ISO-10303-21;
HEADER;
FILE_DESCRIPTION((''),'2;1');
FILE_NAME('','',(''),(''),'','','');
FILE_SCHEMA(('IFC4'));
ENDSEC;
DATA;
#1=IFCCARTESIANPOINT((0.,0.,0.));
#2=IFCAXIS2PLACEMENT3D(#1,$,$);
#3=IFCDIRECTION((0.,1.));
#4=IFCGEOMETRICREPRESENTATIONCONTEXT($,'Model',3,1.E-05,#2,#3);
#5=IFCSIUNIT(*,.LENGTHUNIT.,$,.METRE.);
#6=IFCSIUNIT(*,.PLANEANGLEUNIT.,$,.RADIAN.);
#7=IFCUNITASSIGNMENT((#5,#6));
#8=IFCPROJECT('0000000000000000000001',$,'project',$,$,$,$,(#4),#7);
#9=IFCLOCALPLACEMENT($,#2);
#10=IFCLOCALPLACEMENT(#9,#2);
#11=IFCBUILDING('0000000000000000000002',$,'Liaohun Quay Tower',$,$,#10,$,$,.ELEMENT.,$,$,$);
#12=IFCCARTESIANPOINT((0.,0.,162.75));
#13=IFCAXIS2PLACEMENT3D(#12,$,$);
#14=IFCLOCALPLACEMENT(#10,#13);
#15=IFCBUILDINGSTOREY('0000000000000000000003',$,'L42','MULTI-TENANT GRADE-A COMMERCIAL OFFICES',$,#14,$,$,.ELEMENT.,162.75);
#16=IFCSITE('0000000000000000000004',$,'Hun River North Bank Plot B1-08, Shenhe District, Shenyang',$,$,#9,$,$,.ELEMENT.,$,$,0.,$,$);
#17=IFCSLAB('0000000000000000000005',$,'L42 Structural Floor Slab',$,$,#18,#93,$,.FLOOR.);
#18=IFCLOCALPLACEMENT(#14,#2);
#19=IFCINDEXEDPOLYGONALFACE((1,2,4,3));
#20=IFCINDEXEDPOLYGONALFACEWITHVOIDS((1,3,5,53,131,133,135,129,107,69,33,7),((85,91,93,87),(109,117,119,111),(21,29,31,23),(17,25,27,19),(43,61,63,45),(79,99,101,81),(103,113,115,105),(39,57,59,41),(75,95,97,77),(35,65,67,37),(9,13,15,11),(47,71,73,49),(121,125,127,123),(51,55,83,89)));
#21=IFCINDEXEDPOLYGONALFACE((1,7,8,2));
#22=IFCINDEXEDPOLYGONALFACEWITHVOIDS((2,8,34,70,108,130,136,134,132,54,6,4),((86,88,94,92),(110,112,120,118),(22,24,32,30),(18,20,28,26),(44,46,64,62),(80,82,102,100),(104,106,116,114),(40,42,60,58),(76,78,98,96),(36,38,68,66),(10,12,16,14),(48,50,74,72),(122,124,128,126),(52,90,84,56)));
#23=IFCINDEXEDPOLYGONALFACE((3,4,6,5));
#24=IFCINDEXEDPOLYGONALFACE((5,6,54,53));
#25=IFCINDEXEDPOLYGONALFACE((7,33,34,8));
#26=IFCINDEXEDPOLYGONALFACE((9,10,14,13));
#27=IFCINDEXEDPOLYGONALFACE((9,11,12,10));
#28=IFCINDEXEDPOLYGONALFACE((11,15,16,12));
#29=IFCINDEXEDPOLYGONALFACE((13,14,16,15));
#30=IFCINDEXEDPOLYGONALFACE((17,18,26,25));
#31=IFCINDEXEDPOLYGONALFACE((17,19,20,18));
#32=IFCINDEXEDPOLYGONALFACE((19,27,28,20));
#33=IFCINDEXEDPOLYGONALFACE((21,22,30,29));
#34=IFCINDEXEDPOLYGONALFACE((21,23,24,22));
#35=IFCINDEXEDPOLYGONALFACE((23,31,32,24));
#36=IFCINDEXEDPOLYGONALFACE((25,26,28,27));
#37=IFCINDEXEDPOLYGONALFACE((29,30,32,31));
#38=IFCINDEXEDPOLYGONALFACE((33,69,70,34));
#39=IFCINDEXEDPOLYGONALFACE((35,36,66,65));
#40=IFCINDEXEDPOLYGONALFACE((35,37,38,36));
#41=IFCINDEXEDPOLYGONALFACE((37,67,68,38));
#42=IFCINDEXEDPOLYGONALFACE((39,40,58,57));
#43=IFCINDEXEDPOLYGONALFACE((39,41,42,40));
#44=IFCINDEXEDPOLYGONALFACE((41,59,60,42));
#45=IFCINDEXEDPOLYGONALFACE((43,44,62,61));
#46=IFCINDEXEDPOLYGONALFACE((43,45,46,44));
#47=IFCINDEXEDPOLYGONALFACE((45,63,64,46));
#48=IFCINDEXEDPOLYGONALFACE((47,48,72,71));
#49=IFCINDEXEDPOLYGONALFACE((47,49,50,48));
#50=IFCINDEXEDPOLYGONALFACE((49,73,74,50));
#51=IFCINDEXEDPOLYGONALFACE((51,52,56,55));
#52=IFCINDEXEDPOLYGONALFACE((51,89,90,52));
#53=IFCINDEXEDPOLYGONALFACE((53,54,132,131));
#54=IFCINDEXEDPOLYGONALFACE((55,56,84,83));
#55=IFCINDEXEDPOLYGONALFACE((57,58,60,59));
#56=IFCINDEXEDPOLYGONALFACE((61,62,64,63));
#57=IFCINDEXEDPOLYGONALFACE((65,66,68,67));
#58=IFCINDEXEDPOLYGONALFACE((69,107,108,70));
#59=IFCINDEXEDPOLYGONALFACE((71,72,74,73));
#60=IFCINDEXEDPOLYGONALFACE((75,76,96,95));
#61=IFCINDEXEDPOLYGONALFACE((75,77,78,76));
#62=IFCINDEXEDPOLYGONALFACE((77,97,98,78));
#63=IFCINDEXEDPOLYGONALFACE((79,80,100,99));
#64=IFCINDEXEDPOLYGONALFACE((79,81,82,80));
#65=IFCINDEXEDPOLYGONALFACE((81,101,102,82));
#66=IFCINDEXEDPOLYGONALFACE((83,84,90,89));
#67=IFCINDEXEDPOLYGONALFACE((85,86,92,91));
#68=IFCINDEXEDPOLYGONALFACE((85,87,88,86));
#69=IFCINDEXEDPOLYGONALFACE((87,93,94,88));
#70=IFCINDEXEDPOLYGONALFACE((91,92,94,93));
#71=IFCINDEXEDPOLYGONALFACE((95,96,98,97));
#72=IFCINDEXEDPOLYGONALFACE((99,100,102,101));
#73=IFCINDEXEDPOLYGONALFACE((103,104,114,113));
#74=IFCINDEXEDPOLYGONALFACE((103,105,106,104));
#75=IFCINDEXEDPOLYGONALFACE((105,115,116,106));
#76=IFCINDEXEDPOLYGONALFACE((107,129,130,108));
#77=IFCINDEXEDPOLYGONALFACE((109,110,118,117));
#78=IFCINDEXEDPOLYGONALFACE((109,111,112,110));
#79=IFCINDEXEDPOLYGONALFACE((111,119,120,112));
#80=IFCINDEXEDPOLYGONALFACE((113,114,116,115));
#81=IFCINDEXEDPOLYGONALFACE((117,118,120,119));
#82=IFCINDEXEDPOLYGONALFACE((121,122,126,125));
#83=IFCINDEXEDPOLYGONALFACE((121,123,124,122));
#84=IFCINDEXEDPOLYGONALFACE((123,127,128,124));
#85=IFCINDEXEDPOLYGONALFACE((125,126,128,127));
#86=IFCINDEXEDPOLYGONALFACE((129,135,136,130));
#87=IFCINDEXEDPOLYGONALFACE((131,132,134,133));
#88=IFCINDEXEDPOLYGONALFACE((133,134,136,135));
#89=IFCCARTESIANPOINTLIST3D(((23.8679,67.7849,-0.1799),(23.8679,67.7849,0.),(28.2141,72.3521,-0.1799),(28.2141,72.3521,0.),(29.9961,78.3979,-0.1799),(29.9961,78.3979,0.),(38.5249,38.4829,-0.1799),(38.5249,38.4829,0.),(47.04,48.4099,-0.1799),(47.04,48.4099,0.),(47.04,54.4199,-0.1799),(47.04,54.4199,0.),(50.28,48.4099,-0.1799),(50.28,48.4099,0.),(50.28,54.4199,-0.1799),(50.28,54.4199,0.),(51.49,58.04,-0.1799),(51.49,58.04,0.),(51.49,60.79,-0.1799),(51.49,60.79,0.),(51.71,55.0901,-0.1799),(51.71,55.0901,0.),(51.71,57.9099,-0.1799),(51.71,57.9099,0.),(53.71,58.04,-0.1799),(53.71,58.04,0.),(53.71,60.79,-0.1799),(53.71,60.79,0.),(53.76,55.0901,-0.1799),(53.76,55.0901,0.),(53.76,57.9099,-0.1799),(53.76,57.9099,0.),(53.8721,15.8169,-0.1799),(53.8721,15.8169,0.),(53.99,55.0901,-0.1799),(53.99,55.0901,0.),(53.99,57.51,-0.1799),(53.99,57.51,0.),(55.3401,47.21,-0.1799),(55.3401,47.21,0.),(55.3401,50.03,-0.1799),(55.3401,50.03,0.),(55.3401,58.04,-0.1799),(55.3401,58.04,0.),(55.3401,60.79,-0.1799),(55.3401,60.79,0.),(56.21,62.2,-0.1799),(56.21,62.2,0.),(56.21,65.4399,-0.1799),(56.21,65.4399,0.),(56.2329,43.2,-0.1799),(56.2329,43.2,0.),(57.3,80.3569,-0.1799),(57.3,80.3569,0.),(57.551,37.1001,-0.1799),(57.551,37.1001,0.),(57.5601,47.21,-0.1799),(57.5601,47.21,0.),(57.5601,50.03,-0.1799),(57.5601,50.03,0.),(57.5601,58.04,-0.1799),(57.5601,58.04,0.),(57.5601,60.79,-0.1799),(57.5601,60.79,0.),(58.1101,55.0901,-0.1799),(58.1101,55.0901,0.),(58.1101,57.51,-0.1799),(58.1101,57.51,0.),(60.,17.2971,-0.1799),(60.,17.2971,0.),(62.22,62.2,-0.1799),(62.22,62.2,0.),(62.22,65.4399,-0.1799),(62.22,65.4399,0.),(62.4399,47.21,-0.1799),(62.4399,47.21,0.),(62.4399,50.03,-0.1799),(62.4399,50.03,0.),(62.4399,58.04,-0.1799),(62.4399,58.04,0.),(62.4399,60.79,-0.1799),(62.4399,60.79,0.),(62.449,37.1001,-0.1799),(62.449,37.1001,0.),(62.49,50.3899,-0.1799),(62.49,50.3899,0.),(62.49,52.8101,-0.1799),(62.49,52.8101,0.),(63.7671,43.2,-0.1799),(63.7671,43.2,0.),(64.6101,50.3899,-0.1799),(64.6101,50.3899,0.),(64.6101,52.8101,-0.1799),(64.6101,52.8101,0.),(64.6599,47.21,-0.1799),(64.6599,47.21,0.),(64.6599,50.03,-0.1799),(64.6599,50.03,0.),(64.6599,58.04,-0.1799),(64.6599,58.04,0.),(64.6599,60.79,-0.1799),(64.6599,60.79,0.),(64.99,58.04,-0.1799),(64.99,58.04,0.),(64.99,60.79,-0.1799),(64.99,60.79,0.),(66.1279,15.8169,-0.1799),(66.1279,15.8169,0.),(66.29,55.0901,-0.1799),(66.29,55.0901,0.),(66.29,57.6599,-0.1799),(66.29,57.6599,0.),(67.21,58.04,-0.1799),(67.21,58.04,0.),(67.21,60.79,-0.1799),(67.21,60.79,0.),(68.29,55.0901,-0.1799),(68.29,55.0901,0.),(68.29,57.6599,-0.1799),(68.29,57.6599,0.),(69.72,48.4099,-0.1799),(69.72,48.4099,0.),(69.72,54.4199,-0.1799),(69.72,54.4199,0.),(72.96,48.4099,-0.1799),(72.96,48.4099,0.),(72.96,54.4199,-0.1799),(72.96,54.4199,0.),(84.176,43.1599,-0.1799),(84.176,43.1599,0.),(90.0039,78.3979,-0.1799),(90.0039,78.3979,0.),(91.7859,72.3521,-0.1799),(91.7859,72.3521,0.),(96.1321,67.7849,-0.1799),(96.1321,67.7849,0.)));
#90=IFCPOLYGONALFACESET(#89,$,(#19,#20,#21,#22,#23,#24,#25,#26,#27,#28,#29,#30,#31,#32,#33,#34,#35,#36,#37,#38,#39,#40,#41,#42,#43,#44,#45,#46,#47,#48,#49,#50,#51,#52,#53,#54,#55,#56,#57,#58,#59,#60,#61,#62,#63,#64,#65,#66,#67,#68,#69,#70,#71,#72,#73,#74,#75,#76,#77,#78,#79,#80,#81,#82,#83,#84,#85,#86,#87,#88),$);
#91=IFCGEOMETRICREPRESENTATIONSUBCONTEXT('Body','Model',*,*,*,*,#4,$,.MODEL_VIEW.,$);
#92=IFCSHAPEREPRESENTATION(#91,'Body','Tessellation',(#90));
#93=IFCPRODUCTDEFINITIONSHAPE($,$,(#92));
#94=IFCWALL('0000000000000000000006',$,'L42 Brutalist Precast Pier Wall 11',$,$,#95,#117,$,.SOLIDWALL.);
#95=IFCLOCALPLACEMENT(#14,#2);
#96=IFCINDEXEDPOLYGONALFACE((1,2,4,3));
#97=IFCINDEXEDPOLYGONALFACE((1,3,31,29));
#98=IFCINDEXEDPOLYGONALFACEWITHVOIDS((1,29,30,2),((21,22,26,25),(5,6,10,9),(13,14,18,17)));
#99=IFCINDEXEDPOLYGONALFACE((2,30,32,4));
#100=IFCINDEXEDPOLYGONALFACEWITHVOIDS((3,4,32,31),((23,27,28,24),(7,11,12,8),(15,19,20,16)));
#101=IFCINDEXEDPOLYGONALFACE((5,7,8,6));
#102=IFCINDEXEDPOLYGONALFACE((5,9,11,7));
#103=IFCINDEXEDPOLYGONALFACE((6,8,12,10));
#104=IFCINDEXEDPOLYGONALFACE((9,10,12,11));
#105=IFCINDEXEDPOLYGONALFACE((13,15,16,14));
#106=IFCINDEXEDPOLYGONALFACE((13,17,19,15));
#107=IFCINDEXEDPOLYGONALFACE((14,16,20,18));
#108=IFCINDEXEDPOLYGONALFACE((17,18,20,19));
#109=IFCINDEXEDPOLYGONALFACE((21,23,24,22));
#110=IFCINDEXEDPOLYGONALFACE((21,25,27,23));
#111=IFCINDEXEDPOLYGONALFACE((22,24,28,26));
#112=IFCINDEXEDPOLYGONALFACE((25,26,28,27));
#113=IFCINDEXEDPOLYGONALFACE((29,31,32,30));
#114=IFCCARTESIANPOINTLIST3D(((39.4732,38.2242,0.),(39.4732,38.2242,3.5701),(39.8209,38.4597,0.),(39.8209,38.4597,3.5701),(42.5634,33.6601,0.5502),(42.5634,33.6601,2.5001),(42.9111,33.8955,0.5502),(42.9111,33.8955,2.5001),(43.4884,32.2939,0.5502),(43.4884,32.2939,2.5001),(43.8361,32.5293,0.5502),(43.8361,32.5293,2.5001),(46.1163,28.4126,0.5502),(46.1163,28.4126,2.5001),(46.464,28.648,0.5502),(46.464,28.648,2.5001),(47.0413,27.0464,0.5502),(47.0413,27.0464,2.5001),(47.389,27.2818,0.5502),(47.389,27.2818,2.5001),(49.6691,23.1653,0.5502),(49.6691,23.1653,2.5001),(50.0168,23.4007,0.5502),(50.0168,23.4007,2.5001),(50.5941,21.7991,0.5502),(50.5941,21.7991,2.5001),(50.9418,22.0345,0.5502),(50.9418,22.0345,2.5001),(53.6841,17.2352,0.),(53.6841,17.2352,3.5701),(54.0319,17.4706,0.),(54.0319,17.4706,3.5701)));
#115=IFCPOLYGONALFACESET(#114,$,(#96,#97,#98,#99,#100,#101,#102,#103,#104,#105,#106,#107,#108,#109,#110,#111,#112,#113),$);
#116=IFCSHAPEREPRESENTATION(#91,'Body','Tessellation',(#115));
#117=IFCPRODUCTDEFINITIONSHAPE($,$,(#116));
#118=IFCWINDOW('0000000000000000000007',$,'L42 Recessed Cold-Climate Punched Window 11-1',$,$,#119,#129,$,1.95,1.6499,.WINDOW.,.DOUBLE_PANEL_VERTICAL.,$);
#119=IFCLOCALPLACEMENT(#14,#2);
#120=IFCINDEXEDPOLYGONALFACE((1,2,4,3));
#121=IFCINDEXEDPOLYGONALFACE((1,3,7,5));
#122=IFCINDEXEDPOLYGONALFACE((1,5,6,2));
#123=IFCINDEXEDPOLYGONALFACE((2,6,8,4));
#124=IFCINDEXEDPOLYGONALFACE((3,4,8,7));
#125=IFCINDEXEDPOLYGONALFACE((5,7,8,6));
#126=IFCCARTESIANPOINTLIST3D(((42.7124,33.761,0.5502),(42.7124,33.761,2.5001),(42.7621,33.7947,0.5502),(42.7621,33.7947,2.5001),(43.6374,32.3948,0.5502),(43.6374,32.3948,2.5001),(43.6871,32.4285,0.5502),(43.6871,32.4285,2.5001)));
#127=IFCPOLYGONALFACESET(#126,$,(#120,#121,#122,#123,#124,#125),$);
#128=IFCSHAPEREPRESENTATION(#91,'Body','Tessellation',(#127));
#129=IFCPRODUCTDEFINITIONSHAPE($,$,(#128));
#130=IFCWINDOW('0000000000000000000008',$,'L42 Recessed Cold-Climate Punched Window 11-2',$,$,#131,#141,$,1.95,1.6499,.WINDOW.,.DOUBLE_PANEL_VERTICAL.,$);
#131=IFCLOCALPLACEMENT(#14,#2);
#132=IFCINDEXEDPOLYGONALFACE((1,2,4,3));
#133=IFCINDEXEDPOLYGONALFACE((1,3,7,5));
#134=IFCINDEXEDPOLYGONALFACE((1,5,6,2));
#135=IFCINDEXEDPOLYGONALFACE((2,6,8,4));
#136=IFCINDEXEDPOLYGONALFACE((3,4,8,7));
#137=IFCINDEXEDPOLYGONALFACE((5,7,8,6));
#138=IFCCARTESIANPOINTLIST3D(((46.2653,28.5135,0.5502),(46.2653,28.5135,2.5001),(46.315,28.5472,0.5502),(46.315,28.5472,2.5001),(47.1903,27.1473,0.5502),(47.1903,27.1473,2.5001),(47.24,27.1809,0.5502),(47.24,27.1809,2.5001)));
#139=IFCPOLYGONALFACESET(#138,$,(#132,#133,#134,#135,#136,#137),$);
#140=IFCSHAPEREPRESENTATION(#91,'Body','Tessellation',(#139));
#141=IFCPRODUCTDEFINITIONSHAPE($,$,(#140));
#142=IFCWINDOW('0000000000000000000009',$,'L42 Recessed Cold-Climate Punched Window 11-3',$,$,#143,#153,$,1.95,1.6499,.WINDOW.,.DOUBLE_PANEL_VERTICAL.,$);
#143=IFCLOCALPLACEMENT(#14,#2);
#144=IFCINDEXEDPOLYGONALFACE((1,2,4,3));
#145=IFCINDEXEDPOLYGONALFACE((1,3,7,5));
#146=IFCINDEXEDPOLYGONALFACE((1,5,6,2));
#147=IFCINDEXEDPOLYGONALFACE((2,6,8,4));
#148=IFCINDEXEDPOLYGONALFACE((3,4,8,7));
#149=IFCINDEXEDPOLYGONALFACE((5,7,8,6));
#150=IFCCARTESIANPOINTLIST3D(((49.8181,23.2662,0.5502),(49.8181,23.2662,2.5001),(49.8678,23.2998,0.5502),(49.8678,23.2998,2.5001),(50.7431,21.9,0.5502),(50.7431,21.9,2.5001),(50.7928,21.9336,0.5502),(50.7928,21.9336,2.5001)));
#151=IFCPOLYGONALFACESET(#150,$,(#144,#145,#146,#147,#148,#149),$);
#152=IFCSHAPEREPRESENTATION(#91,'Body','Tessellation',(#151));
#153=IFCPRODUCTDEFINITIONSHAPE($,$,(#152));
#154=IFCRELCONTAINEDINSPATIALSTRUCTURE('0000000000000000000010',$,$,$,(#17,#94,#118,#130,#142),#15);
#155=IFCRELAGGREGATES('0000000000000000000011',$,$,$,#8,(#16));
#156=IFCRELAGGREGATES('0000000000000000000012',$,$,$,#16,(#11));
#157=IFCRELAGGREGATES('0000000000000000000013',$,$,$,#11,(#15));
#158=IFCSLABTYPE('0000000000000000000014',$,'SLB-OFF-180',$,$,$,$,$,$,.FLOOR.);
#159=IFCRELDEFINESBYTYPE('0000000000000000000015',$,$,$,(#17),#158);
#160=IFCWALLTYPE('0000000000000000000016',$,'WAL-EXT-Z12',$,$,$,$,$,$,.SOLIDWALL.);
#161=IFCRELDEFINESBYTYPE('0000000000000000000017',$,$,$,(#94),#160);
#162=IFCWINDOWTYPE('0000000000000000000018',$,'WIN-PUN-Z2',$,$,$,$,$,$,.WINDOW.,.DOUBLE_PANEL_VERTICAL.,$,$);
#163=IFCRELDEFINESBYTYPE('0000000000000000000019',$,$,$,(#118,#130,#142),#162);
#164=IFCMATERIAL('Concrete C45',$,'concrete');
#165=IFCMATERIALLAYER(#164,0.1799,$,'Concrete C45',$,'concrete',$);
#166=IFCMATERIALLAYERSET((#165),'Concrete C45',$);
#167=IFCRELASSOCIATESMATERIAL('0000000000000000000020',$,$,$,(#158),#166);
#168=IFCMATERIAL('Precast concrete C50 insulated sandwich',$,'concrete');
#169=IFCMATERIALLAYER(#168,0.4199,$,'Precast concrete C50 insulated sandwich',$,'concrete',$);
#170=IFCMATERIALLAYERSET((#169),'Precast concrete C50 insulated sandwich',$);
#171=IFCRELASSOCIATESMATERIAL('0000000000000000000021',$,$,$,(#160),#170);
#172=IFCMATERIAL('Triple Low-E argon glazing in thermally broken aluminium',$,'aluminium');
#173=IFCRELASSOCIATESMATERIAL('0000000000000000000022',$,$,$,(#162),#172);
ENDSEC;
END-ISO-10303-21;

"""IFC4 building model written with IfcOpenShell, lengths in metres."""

from ifc_helpers import new_model, si_unit, direction, frame, frame_2d, origin, place, context, subcontext, project, spatial, polyline, rectangle, outline, extrude, source, transform, mapped, material, layer, layer_set, type_object, element, fill, save


model = new_model("IFC4")

# Units and contexts
model_context = context("Model", 3, precision=1e-05, world=origin(), true_north=direction((0.0, 1.0)))
body_context = subcontext(model_context, "Body", "Model", "MODEL_VIEW")
ifc_project = project(units=[si_unit("LENGTHUNIT", "METRE"), si_unit("PLANEANGLEUNIT", "RADIAN")], contexts=[model_context])

# Site, building, storey
site_placement = place(None, origin())
site = spatial("IfcSite", under=ifc_project, at=site_placement, Name="Hun River North Bank Plot B1-08, Shenhe District, Shenyang", CompositionType="ELEMENT", RefElevation=0.0)
building_placement = place(site_placement, origin())
building = spatial("IfcBuilding", under=site, at=building_placement, Name="Liaohun Quay Tower", CompositionType="ELEMENT")
storey_placement = place(building_placement, frame((0.0, 0.0, 162.75)))
storey = spatial("IfcBuildingStorey", under=building, at=storey_placement, Name="L42", Description="MULTI-TENANT GRADE-A COMMERCIAL OFFICES", CompositionType="ELEMENT", Elevation=162.75)

# Shared definitions
ifc_material_1 = material(Name="Concrete C45", Category="concrete")

# Slab
ifc_layer_1 = layer(ifc_material_1, 0.1799, Name="Concrete C45", Category="concrete")
ifc_layer_set_1 = layer_set([ifc_layer_1], Name="Concrete C45")
slab_type_1 = type_object("IfcSlabType", Name="SLB-OFF-180", PredefinedType="FLOOR", material=ifc_layer_set_1)
slab_1_placement = place(storey_placement, frame((0.0, 0.0, -0.1799)))
element("IfcSlab", 1, at=slab_1_placement, inside=storey, type_object=slab_type_1, Name="L42 Structural Floor Slab", PredefinedType="FLOOR", context=body_context, shape_type="SweptSolid", body=[
    extrude(outline(polyline([(53.8721, 15.8169), (60.0, 17.2971), (66.1279, 15.8169), (84.176, 43.1599), (96.1321, 67.7849), (91.7859, 72.3521), (90.0039, 78.3979), (57.3, 80.3569), (29.9961, 78.3979), (28.2141, 72.3521), (23.8679, 67.7849), (38.5249, 38.4829), (53.8721, 15.8169)]), holes=[polyline([(57.5601, 50.03), (55.3401, 50.03), (55.3401, 47.21), (57.5601, 47.21), (57.5601, 50.03)]), polyline([(50.28, 54.4199), (47.04, 54.4199), (47.04, 48.4099), (50.28, 48.4099), (50.28, 54.4199)]), polyline([(53.99, 55.0901), (58.1101, 55.0901), (58.1101, 57.51), (53.99, 57.51), (53.99, 55.0901)]), polyline([(53.76, 55.0901), (53.76, 57.9099), (51.71, 57.9099), (51.71, 55.0901), (53.76, 55.0901)]), polyline([(53.71, 58.04), (53.71, 60.79), (51.49, 60.79), (51.49, 58.04), (53.71, 58.04)]), polyline([(57.5601, 58.04), (57.5601, 60.79), (55.3401, 60.79), (55.3401, 58.04), (57.5601, 58.04)]), polyline([(62.22, 62.2), (62.22, 65.4399), (56.21, 65.4399), (56.21, 62.2), (62.22, 62.2)]), polyline([(62.449, 37.1001), (63.7671, 43.2), (56.2329, 43.2), (57.551, 37.1001), (62.449, 37.1001)]), polyline([(64.6599, 47.21), (64.6599, 50.03), (62.4399, 50.03), (62.4399, 47.21), (64.6599, 47.21)]), polyline([(72.96, 54.4199), (69.72, 54.4199), (69.72, 48.4099), (72.96, 48.4099), (72.96, 54.4199)]), polyline([(64.6101, 50.3899), (64.6101, 52.8101), (62.49, 52.8101), (62.49, 50.3899), (64.6101, 50.3899)]), polyline([(68.29, 55.0901), (68.29, 57.6599), (66.29, 57.6599), (66.29, 55.0901), (68.29, 55.0901)]), polyline([(64.6599, 58.04), (64.6599, 60.79), (62.4399, 60.79), (62.4399, 58.04), (64.6599, 58.04)]), polyline([(67.21, 58.04), (67.21, 60.79), (64.99, 60.79), (64.99, 58.04), (67.21, 58.04)])]), origin(), (0.0, 0.0, 1.0), 0.1799),
])

# Wall, openings, windows
ifc_material_2 = material(Name="Precast concrete C50 insulated sandwich", Category="concrete")
ifc_layer_2 = layer(ifc_material_2, 0.4199, Name="Precast concrete C50 insulated sandwich", Category="concrete")
ifc_layer_set_2 = layer_set([ifc_layer_2], Name="Precast concrete C50 insulated sandwich")
wall_type_1 = type_object("IfcWallType", Name="WAL-EXT-Z12", PredefinedType="SOLIDWALL", material=ifc_layer_set_2)
wall_1_placement = place(storey_placement, frame((39.647, 38.342, 0.0), z_axis=(0.0, 0.0, 1.0), x_axis=(0.560647, -0.828055, 0.0)))
wall_1 = element("IfcWall", 2, at=wall_1_placement, inside=storey, type_object=wall_type_1, Name="L42 Brutalist Precast Pier Wall 11", PredefinedType="SOLIDWALL", context=body_context, shape_type="SweptSolid", body=[
    extrude(rectangle(XDim=25.3474, YDim=0.4199, at=frame_2d((12.6738, 0.0))), origin(), (0.0, 0.0, 1.0), 3.5701),
])
shared_shape_1 = source(origin(), body_context, "Body", "SweptSolid", [
    extrude(rectangle(XDim=1.6499, YDim=1.95, at=frame_2d((0.825, 0.9751))), frame((0.0, 0.22, 0.0), z_axis=(0.0, -1.0, 0.0), x_axis=(1.0, 0.0, 0.0)), (0.0, 0.0, 1.0), 0.4399),
])
opening_1_placement = place(wall_1_placement, frame((5.512, 0.0, 0.55)))
opening_1 = element("IfcOpeningElement", 3, at=opening_1_placement, cuts=wall_1, PredefinedType="OPENING", context=body_context, shape_type="MappedRepresentation", body=[
    mapped(shared_shape_1, transform((0.0, 0.0, 0.0), x_axis=(1.0, 0.0, 0.0), y_axis=(0.0, 1.0, 0.0), z_axis=(0.0, 0.0, 1.0), scale=1.0)),
])
opening_2_placement = place(wall_1_placement, frame((11.8491, 0.0, 0.55)))
opening_2 = element("IfcOpeningElement", 4, at=opening_2_placement, cuts=wall_1, PredefinedType="OPENING", context=body_context, shape_type="MappedRepresentation", body=[
    mapped(shared_shape_1, transform((0.0, 0.0, 0.0), x_axis=(1.0, 0.0, 0.0), y_axis=(0.0, 1.0, 0.0), z_axis=(0.0, 0.0, 1.0), scale=1.0)),
])
opening_3_placement = place(wall_1_placement, frame((18.186, 0.0, 0.55)))
opening_3 = element("IfcOpeningElement", 5, at=opening_3_placement, cuts=wall_1, PredefinedType="OPENING", context=body_context, shape_type="MappedRepresentation", body=[
    mapped(shared_shape_1, transform((0.0, 0.0, 0.0), x_axis=(1.0, 0.0, 0.0), y_axis=(0.0, 1.0, 0.0), z_axis=(0.0, 0.0, 1.0), scale=1.0)),
])
ifc_material_3 = material(Name="Triple Low-E argon glazing in thermally broken aluminium", Category="aluminium")
window_type = type_object("IfcWindowType", Name="WIN-PUN-Z2", PartitioningType="DOUBLE_PANEL_VERTICAL", PredefinedType="WINDOW", material=ifc_material_3)
shared_shape_2 = source(origin(), body_context, "Body", "SweptSolid", [
    extrude(rectangle(XDim=1.6499, YDim=1.95, at=frame_2d((0.825, 0.9751))), frame((0.0, 0.03, 0.0), z_axis=(0.0, -1.0, 0.0), x_axis=(1.0, 0.0, 0.0)), (0.0, 0.0, 1.0), 0.0601),
])
window_1_placement = place(opening_1_placement, origin())
window_1 = element("IfcWindow", 6, at=window_1_placement, inside=storey, type_object=window_type, Name="L42 Recessed Cold-Climate Punched Window 11-1", OverallHeight=1.95, OverallWidth=1.6499, PartitioningType="DOUBLE_PANEL_VERTICAL", PredefinedType="WINDOW", context=body_context, shape_type="MappedRepresentation", body=[
    mapped(shared_shape_2, transform((0.0, 0.0, 0.0), x_axis=(1.0, 0.0, 0.0), y_axis=(0.0, 1.0, 0.0), z_axis=(0.0, 0.0, 1.0), scale=1.0)),
])
fill(opening_1, window_1)
window_2_placement = place(opening_2_placement, origin())
window_2 = element("IfcWindow", 7, at=window_2_placement, inside=storey, type_object=window_type, Name="L42 Recessed Cold-Climate Punched Window 11-2", OverallHeight=1.95, OverallWidth=1.6499, PartitioningType="DOUBLE_PANEL_VERTICAL", PredefinedType="WINDOW", context=body_context, shape_type="MappedRepresentation", body=[
    mapped(shared_shape_2, transform((0.0, 0.0, 0.0), x_axis=(1.0, 0.0, 0.0), y_axis=(0.0, 1.0, 0.0), z_axis=(0.0, 0.0, 1.0), scale=1.0)),
])
fill(opening_2, window_2)
window_3_placement = place(opening_3_placement, origin())
window_3 = element("IfcWindow", 8, at=window_3_placement, inside=storey, type_object=window_type, Name="L42 Recessed Cold-Climate Punched Window 11-3", OverallHeight=1.95, OverallWidth=1.6499, PartitioningType="DOUBLE_PANEL_VERTICAL", PredefinedType="WINDOW", context=body_context, shape_type="MappedRepresentation", body=[
    mapped(shared_shape_2, transform((0.0, 0.0, 0.0), x_axis=(1.0, 0.0, 0.0), y_axis=(0.0, 1.0, 0.0), z_axis=(0.0, 0.0, 1.0), scale=1.0)),
])
fill(opening_3, window_3)

save(model, "model.ifc")
